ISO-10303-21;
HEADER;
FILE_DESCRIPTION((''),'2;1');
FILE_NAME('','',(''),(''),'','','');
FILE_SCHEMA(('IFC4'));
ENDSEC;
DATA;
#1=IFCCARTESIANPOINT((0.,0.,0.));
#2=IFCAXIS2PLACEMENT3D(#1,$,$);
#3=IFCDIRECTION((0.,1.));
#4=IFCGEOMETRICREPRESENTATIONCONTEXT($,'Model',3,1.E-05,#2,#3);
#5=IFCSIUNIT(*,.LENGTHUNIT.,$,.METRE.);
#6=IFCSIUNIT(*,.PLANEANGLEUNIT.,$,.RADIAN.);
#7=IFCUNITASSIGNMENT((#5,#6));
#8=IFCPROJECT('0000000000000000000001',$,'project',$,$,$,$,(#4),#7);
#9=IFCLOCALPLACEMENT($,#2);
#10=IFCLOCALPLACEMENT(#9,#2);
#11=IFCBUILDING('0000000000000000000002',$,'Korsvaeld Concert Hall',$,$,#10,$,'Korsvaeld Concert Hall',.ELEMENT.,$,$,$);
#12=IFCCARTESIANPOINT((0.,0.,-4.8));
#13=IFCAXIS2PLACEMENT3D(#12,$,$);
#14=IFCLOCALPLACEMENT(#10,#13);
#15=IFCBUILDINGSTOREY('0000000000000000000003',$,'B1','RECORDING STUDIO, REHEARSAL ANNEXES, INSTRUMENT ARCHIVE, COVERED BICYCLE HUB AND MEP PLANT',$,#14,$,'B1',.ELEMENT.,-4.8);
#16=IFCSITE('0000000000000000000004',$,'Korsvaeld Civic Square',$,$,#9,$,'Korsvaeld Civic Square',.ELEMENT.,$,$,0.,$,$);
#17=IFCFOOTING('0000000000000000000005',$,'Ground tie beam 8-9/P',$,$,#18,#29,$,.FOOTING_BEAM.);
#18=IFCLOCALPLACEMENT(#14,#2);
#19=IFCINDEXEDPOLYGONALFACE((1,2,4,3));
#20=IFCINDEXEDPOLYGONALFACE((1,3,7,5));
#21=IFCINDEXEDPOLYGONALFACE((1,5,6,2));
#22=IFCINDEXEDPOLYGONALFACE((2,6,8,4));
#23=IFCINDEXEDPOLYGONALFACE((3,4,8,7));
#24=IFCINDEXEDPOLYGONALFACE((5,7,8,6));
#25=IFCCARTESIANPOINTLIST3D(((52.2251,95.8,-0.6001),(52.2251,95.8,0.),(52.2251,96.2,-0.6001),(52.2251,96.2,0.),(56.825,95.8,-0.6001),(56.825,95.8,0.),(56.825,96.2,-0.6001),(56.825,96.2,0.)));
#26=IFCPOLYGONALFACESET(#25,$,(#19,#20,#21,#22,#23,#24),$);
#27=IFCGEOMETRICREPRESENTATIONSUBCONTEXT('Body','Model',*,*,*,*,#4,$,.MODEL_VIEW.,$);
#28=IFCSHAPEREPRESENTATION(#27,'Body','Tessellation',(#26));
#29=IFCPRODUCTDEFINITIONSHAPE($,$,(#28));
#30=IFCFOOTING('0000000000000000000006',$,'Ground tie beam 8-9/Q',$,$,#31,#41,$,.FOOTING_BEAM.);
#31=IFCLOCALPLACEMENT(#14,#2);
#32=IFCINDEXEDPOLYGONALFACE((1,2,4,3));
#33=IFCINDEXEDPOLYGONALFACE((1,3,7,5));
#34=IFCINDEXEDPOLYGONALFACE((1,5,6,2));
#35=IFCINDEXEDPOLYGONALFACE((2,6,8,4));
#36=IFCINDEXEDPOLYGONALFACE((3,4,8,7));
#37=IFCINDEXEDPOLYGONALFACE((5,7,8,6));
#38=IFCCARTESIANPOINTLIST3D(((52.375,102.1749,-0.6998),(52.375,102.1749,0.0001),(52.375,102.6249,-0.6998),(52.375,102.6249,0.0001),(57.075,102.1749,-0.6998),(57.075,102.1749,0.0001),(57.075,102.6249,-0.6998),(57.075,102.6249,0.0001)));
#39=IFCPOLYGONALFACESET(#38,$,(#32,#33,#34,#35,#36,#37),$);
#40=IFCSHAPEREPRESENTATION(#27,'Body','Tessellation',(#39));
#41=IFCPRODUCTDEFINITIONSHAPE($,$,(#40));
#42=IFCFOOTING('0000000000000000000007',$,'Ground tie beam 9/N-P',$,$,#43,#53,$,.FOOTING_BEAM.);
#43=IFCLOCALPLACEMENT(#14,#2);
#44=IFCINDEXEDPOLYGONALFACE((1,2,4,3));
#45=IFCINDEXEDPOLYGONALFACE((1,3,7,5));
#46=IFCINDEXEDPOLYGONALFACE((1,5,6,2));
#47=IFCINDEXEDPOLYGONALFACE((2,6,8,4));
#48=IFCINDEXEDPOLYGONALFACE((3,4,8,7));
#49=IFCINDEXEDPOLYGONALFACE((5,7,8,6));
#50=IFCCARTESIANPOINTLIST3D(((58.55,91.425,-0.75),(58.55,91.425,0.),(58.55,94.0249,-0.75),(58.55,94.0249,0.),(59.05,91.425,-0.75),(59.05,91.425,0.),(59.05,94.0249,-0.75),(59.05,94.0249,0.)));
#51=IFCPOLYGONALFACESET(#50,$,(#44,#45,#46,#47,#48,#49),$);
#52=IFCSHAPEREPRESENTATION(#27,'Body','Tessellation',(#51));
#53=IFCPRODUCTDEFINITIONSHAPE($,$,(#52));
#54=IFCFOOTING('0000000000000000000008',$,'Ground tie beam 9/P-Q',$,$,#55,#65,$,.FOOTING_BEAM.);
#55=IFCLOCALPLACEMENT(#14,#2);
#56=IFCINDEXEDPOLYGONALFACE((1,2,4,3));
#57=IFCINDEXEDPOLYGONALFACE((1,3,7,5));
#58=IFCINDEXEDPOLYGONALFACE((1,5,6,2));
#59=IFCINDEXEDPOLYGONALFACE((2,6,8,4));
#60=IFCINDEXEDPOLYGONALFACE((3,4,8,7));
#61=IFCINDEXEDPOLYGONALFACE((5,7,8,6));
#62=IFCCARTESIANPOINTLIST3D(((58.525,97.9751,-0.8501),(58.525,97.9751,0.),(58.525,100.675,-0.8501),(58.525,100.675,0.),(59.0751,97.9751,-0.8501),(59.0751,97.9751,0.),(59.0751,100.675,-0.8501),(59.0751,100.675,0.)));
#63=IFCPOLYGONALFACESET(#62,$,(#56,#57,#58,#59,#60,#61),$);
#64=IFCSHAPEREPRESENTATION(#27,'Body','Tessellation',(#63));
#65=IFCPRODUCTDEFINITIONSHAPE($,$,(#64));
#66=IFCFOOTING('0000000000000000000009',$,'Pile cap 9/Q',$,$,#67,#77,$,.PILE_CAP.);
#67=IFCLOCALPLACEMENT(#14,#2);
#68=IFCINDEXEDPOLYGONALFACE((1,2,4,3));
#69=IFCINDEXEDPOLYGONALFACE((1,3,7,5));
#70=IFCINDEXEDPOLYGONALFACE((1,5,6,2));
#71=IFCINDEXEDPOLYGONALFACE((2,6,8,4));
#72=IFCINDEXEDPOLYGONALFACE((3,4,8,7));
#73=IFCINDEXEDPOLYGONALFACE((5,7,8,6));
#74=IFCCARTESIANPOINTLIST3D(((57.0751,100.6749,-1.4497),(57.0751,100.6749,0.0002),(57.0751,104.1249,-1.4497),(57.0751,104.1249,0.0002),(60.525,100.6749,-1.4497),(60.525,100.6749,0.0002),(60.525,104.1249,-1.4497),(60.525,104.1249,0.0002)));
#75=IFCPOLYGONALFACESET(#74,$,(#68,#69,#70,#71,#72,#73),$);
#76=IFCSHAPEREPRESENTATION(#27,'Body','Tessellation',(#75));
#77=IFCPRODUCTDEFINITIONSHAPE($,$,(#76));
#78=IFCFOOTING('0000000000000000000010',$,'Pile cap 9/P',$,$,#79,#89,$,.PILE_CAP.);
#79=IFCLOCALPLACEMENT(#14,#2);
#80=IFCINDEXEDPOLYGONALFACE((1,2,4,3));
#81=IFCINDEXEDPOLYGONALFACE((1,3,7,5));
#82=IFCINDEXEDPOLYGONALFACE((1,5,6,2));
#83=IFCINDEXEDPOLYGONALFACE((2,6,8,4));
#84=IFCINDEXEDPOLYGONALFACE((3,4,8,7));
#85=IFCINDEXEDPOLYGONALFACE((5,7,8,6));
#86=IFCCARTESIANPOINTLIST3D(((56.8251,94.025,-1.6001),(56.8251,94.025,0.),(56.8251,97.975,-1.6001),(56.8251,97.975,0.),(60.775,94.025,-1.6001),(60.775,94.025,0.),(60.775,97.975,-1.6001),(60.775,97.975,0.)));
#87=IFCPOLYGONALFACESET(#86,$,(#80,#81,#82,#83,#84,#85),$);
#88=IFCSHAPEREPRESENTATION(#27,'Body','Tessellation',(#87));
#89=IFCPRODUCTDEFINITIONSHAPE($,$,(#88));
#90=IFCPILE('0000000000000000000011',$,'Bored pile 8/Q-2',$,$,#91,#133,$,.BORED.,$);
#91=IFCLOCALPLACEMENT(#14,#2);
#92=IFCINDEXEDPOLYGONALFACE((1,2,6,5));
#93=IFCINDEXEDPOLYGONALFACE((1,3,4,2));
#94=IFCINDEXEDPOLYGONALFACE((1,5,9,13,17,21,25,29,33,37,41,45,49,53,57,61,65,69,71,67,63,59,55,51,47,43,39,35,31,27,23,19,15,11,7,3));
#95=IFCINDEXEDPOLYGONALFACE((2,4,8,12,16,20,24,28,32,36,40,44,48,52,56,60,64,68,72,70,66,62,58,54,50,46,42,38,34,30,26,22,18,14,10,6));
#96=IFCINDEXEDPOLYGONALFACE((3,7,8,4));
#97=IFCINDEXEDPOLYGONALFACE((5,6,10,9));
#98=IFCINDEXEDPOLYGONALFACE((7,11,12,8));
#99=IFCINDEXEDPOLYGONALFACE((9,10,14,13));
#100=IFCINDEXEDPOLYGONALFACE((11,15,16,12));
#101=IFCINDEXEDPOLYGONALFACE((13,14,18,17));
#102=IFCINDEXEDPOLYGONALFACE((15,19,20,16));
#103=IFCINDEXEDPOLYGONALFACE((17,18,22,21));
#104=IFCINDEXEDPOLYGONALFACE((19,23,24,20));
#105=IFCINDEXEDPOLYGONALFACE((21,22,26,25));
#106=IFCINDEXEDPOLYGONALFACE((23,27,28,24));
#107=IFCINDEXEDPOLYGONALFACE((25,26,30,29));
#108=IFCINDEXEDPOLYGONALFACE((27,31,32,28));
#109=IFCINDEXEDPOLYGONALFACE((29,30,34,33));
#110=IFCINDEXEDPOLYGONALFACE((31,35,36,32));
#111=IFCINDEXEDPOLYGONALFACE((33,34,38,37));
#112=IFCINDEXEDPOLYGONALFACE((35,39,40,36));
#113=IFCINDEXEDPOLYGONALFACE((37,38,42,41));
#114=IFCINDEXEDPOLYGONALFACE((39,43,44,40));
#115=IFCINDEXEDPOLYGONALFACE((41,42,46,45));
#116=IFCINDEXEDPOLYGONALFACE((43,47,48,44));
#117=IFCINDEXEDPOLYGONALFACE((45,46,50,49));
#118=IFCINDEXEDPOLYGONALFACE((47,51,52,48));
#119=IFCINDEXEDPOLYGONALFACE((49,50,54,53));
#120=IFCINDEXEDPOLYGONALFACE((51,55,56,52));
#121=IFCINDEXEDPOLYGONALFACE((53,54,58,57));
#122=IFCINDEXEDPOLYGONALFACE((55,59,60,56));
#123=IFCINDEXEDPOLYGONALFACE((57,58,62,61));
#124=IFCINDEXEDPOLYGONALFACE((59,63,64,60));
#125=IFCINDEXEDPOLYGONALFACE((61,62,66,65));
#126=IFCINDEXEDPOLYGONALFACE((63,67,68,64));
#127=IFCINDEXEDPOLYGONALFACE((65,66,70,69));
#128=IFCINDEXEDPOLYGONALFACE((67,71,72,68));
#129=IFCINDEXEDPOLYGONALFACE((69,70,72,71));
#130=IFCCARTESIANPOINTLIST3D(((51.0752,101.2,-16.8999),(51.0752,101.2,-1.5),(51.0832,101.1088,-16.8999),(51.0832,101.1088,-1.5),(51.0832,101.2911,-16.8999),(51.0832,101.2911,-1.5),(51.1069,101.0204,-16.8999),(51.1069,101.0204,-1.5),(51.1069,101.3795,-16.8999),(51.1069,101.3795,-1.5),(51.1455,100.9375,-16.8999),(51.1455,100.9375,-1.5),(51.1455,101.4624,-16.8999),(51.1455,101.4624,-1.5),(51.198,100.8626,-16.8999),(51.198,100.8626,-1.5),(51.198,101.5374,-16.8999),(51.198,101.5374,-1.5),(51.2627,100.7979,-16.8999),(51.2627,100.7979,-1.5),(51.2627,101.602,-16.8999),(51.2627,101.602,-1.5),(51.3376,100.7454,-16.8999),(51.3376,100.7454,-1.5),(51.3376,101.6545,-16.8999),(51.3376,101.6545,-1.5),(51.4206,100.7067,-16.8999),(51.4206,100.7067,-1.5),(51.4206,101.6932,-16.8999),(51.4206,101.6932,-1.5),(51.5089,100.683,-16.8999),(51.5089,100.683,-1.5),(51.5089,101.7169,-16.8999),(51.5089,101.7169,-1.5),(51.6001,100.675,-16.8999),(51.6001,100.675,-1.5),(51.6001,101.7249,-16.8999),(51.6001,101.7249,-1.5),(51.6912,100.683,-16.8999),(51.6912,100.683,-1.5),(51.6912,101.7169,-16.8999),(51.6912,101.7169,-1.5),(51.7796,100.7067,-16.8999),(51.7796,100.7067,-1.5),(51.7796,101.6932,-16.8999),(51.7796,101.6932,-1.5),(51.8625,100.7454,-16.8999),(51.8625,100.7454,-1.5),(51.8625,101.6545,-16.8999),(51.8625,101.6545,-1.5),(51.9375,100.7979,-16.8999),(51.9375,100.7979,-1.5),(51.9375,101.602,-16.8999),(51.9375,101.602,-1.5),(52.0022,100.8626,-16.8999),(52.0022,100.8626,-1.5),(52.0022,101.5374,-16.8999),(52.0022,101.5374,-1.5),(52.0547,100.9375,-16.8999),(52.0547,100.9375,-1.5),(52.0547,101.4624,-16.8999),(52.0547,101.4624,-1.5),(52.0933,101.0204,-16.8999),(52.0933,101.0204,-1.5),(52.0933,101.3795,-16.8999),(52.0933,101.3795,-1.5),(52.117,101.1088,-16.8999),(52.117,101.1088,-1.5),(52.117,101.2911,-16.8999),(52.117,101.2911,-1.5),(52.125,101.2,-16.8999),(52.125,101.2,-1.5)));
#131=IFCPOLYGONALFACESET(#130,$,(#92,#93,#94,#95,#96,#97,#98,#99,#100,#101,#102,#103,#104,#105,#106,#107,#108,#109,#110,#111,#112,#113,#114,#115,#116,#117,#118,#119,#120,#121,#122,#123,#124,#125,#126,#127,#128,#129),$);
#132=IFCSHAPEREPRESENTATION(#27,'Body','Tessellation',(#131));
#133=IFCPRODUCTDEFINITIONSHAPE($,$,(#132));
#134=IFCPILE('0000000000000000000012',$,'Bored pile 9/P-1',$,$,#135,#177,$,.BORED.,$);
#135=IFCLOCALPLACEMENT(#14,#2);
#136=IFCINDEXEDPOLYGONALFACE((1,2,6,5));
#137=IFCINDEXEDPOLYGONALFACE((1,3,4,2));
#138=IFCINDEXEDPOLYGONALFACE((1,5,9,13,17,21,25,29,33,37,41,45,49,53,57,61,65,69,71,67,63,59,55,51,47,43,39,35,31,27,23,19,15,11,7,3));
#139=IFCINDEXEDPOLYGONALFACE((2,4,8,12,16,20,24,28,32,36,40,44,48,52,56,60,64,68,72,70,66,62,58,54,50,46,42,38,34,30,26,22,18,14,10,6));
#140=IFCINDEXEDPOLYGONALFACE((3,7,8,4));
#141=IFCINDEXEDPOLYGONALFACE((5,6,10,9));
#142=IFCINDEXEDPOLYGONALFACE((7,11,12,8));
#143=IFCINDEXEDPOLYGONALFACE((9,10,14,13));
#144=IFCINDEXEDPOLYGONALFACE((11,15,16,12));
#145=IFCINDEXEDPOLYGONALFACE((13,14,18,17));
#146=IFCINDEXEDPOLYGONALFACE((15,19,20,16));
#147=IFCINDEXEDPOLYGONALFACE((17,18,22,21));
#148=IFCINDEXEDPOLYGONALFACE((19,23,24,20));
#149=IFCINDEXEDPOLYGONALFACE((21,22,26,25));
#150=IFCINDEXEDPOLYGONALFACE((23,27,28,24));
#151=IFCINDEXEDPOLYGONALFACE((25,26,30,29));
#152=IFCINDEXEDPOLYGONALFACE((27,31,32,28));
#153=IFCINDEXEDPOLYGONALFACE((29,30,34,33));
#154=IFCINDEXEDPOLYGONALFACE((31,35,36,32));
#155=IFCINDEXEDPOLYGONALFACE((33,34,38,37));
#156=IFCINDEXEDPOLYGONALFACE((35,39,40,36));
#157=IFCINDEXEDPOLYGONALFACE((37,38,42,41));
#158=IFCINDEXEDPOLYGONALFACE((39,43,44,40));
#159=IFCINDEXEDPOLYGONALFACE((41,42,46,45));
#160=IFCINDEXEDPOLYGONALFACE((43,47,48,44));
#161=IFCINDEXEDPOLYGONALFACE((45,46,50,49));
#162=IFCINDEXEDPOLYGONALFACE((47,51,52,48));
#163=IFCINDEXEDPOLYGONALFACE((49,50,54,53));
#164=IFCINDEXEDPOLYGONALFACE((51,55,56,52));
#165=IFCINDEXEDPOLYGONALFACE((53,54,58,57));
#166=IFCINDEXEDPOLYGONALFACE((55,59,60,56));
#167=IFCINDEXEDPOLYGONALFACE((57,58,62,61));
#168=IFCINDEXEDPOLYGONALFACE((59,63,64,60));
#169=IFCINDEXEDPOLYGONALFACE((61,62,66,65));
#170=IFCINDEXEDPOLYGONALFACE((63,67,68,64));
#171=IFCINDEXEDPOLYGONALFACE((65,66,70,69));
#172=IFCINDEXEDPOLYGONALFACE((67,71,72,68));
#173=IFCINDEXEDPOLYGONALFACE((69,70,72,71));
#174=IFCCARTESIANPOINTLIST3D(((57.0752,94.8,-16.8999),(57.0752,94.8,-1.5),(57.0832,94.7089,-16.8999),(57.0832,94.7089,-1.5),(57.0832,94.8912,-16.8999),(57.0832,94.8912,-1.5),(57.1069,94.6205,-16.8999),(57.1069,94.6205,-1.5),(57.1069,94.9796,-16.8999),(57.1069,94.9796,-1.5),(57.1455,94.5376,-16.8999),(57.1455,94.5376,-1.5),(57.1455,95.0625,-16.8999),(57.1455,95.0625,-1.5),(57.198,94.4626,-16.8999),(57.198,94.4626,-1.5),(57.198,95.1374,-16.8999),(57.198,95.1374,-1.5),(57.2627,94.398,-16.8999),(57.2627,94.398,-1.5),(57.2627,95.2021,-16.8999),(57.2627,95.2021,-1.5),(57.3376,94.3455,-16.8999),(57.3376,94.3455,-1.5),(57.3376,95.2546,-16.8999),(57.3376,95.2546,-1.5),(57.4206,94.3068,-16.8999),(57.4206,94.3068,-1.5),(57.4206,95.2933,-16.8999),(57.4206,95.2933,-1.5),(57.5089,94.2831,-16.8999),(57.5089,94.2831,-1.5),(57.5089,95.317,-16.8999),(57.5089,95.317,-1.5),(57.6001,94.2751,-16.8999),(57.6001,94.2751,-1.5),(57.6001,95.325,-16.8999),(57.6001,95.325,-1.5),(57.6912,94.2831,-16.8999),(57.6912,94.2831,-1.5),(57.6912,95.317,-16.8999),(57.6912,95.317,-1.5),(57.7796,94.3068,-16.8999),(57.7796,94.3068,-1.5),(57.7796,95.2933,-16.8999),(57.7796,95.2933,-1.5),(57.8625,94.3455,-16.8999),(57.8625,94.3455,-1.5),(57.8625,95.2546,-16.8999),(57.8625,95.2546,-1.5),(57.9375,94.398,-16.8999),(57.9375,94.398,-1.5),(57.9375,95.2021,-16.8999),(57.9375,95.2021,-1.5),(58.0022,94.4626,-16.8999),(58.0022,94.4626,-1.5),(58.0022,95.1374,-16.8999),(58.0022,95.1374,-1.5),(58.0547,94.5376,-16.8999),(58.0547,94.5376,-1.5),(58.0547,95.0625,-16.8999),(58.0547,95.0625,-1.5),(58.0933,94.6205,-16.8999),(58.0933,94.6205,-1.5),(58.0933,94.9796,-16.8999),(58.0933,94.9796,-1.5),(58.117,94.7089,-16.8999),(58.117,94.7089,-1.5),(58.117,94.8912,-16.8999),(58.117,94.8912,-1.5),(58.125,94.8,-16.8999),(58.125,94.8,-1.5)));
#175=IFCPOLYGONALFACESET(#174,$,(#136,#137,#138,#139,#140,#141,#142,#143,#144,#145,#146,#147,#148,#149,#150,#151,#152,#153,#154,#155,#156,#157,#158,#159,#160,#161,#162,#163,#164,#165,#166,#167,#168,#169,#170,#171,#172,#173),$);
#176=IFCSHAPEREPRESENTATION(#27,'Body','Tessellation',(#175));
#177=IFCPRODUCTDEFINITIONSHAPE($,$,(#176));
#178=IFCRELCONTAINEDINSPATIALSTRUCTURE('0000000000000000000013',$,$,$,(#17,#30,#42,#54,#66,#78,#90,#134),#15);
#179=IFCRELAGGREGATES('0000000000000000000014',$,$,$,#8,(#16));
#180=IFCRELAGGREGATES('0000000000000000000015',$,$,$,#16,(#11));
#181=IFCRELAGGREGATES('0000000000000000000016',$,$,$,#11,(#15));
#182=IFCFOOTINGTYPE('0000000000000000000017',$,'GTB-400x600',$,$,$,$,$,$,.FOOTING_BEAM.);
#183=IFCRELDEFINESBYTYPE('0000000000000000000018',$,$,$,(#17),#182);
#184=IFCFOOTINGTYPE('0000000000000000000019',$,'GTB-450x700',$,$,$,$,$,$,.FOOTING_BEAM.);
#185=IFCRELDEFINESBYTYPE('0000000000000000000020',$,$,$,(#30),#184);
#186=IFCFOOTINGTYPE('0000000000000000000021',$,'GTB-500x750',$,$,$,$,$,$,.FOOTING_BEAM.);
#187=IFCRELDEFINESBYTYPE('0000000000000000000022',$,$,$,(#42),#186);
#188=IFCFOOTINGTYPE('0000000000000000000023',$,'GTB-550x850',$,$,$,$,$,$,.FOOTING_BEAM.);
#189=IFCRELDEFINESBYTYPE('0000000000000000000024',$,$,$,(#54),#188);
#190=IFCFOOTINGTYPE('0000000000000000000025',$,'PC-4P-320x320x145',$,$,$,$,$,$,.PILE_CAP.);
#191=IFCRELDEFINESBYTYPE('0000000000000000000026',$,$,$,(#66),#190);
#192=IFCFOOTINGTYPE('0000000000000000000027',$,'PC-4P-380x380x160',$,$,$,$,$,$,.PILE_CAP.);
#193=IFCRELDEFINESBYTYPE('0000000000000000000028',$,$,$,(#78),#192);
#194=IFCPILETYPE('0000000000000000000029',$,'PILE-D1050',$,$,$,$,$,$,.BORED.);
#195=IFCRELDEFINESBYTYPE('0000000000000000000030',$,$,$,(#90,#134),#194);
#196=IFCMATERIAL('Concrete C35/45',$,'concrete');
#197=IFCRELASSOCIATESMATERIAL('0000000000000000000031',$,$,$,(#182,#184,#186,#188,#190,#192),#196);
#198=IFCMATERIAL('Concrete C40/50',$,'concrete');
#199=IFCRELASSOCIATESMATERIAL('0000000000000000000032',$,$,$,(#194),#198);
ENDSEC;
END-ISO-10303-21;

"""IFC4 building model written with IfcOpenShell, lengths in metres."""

from ifc_helpers import new_model, si_unit, direction, frame, origin, origin_2d, place, context, subcontext, project, spatial, rectangle, circle, extrude, material, material_profile, profile_set, type_object, element, save


model = new_model("IFC4")

# Units and contexts
model_context = context("Model", 3, precision=1e-05, world=origin(), true_north=direction((0.0, 1.0)))
body_context = subcontext(model_context, "Body", "Model", "MODEL_VIEW")
ifc_project = project(units=[si_unit("LENGTHUNIT", "METRE"), si_unit("PLANEANGLEUNIT", "RADIAN")], contexts=[model_context])

# Site, building, storey
site_placement = place(None, origin())
site = spatial("IfcSite", under=ifc_project, at=site_placement, Name="Korsvaeld Civic Square", LongName="Korsvaeld Civic Square", CompositionType="ELEMENT", RefElevation=0.0)
building_placement = place(site_placement, origin())
building = spatial("IfcBuilding", under=site, at=building_placement, Name="Korsvaeld Concert Hall", LongName="Korsvaeld Concert Hall", CompositionType="ELEMENT")
storey_placement = place(building_placement, frame((0.0, 0.0, -4.8)))
storey = spatial("IfcBuildingStorey", under=building, at=storey_placement, Name="B1", Description="RECORDING STUDIO, REHEARSAL ANNEXES, INSTRUMENT ARCHIVE, COVERED BICYCLE HUB AND MEP PLANT", LongName="B1", CompositionType="ELEMENT", Elevation=-4.8)

# Footings
ifc_material_1 = material(Name="Concrete C35/45", Category="concrete")
ifc_material_profile_1 = material_profile(ifc_material_1, rectangle(XDim=0.3999, YDim=0.6001, at=origin_2d()), Name="GTB 400x600")
ifc_profile_set_1 = profile_set([ifc_material_profile_1], Name="Concrete C35/45")
footing_type_1 = type_object("IfcFootingType", Name="GTB-400x600", PredefinedType="FOOTING_BEAM", material=ifc_profile_set_1)
footing_1_placement = place(storey_placement, frame((52.2251, 96.0, -0.3), z_axis=(1.0, 0.0, 0.0), x_axis=(0.0, 1.0, 0.0)))
element("IfcFooting", 1, at=footing_1_placement, inside=storey, type_object=footing_type_1, Name="Ground tie beam 8-9/P", PredefinedType="FOOTING_BEAM", context=body_context, shape_type="SweptSolid", body=[
    extrude(rectangle(XDim=0.3999, YDim=0.6001, at=origin_2d()), origin(), (0.0, 0.0, 1.0), 4.5999),
])
ifc_material_profile_2 = material_profile(ifc_material_1, rectangle(XDim=0.45, YDim=0.7, at=origin_2d()), Name="GTB 450x700")
ifc_profile_set_2 = profile_set([ifc_material_profile_2], Name="Concrete C35/45")
footing_type_2 = type_object("IfcFootingType", Name="GTB-450x700", PredefinedType="FOOTING_BEAM", material=ifc_profile_set_2)
footing_2_placement = place(storey_placement, frame((52.375, 102.3999, -0.3499), z_axis=(1.0, 0.0, 0.0), x_axis=(0.0, 1.0, 0.0)))
element("IfcFooting", 2, at=footing_2_placement, inside=storey, type_object=footing_type_2, Name="Ground tie beam 8-9/Q", PredefinedType="FOOTING_BEAM", context=body_context, shape_type="SweptSolid", body=[
    extrude(rectangle(XDim=0.45, YDim=0.7, at=origin_2d()), origin(), (0.0, 0.0, 1.0), 4.7),
])
ifc_material_profile_3 = material_profile(ifc_material_1, rectangle(XDim=0.5, YDim=0.75, at=origin_2d()), Name="GTB 500x750")
ifc_profile_set_3 = profile_set([ifc_material_profile_3], Name="Concrete C35/45")
footing_type_3 = type_object("IfcFootingType", Name="GTB-500x750", PredefinedType="FOOTING_BEAM", material=ifc_profile_set_3)
footing_3_placement = place(storey_placement, frame((58.8, 91.425, -0.375), z_axis=(0.0, 1.0, 0.0), x_axis=(-1.0, 0.0, 0.0)))
element("IfcFooting", 3, at=footing_3_placement, inside=storey, type_object=footing_type_3, Name="Ground tie beam 9/N-P", PredefinedType="FOOTING_BEAM", context=body_context, shape_type="SweptSolid", body=[
    extrude(rectangle(XDim=0.5, YDim=0.75, at=origin_2d()), origin(), (0.0, 0.0, 1.0), 2.5999),
])
ifc_material_profile_4 = material_profile(ifc_material_1, rectangle(XDim=0.55, YDim=0.8501, at=origin_2d()), Name="GTB 550x850")
ifc_profile_set_4 = profile_set([ifc_material_profile_4], Name="Concrete C35/45")
footing_type_4 = type_object("IfcFootingType", Name="GTB-550x850", PredefinedType="FOOTING_BEAM", material=ifc_profile_set_4)
footing_4_placement = place(storey_placement, frame((58.8, 97.9751, -0.425), z_axis=(0.0, 1.0, 0.0), x_axis=(-1.0, 0.0, 0.0)))
element("IfcFooting", 4, at=footing_4_placement, inside=storey, type_object=footing_type_4, Name="Ground tie beam 9/P-Q", PredefinedType="FOOTING_BEAM", context=body_context, shape_type="SweptSolid", body=[
    extrude(rectangle(XDim=0.55, YDim=0.8501, at=origin_2d()), origin(), (0.0, 0.0, 1.0), 2.7),
])
footing_type_5 = type_object("IfcFootingType", Name="PC-4P-320x320x145", PredefinedType="PILE_CAP", material=ifc_material_1)
footing_5_placement = place(storey_placement, frame((58.8, 102.3999, -1.4497), z_axis=(0.0, 0.0, 1.0), x_axis=(1.0, 0.0, 0.0)))
element("IfcFooting", 5, at=footing_5_placement, inside=storey, type_object=footing_type_5, Name="Pile cap 9/Q", PredefinedType="PILE_CAP", context=body_context, shape_type="SweptSolid", body=[
    extrude(rectangle(XDim=3.45, YDim=3.45, at=origin_2d()), origin(), (0.0, 0.0, 1.0), 1.45),
])
footing_type_6 = type_object("IfcFootingType", Name="PC-4P-380x380x160", PredefinedType="PILE_CAP", material=ifc_material_1)
footing_6_placement = place(storey_placement, frame((58.8, 96.0, -1.6001), z_axis=(0.0, 0.0, 1.0), x_axis=(1.0, 0.0, 0.0)))
element("IfcFooting", 6, at=footing_6_placement, inside=storey, type_object=footing_type_6, Name="Pile cap 9/P", PredefinedType="PILE_CAP", context=body_context, shape_type="SweptSolid", body=[
    extrude(rectangle(XDim=3.95, YDim=3.95, at=origin_2d()), origin(), (0.0, 0.0, 1.0), 1.6001),
])

# Piles
ifc_material_2 = material(Name="Concrete C40/50", Category="concrete")
ifc_material_profile_5 = material_profile(ifc_material_2, circle(Radius=0.5249, at=origin_2d()), Name="BORED PILE D1050")
ifc_profile_set_5 = profile_set([ifc_material_profile_5], Name="Concrete C40/50")
pile_type_1 = type_object("IfcPileType", Name="PILE-D1050", PredefinedType="BORED", material=ifc_profile_set_5)
for number, where, z_axis, x_axis, name in (
    (7, (51.6001, 101.2, -1.5), (0.0, 0.0, -1.0), (1.0, 0.0, 0.0), "Bored pile 8/Q-2"),
    (8, (57.6001, 94.8, -1.5), (0.0, 0.0, -1.0), (1.0, 0.0, 0.0), "Bored pile 9/P-1"),
):
    element("IfcPile", number, at=place(storey_placement, frame(where, z_axis=z_axis, x_axis=x_axis)), inside=storey, type_object=pile_type_1, Name=name, PredefinedType="BORED", context=body_context, shape_type="SweptSolid", body=[
        extrude(circle(Radius=0.5249, at=origin_2d()), origin(), (0.0, 0.0, 1.0), 15.3999),
    ])

save(model, "model.ifc")
